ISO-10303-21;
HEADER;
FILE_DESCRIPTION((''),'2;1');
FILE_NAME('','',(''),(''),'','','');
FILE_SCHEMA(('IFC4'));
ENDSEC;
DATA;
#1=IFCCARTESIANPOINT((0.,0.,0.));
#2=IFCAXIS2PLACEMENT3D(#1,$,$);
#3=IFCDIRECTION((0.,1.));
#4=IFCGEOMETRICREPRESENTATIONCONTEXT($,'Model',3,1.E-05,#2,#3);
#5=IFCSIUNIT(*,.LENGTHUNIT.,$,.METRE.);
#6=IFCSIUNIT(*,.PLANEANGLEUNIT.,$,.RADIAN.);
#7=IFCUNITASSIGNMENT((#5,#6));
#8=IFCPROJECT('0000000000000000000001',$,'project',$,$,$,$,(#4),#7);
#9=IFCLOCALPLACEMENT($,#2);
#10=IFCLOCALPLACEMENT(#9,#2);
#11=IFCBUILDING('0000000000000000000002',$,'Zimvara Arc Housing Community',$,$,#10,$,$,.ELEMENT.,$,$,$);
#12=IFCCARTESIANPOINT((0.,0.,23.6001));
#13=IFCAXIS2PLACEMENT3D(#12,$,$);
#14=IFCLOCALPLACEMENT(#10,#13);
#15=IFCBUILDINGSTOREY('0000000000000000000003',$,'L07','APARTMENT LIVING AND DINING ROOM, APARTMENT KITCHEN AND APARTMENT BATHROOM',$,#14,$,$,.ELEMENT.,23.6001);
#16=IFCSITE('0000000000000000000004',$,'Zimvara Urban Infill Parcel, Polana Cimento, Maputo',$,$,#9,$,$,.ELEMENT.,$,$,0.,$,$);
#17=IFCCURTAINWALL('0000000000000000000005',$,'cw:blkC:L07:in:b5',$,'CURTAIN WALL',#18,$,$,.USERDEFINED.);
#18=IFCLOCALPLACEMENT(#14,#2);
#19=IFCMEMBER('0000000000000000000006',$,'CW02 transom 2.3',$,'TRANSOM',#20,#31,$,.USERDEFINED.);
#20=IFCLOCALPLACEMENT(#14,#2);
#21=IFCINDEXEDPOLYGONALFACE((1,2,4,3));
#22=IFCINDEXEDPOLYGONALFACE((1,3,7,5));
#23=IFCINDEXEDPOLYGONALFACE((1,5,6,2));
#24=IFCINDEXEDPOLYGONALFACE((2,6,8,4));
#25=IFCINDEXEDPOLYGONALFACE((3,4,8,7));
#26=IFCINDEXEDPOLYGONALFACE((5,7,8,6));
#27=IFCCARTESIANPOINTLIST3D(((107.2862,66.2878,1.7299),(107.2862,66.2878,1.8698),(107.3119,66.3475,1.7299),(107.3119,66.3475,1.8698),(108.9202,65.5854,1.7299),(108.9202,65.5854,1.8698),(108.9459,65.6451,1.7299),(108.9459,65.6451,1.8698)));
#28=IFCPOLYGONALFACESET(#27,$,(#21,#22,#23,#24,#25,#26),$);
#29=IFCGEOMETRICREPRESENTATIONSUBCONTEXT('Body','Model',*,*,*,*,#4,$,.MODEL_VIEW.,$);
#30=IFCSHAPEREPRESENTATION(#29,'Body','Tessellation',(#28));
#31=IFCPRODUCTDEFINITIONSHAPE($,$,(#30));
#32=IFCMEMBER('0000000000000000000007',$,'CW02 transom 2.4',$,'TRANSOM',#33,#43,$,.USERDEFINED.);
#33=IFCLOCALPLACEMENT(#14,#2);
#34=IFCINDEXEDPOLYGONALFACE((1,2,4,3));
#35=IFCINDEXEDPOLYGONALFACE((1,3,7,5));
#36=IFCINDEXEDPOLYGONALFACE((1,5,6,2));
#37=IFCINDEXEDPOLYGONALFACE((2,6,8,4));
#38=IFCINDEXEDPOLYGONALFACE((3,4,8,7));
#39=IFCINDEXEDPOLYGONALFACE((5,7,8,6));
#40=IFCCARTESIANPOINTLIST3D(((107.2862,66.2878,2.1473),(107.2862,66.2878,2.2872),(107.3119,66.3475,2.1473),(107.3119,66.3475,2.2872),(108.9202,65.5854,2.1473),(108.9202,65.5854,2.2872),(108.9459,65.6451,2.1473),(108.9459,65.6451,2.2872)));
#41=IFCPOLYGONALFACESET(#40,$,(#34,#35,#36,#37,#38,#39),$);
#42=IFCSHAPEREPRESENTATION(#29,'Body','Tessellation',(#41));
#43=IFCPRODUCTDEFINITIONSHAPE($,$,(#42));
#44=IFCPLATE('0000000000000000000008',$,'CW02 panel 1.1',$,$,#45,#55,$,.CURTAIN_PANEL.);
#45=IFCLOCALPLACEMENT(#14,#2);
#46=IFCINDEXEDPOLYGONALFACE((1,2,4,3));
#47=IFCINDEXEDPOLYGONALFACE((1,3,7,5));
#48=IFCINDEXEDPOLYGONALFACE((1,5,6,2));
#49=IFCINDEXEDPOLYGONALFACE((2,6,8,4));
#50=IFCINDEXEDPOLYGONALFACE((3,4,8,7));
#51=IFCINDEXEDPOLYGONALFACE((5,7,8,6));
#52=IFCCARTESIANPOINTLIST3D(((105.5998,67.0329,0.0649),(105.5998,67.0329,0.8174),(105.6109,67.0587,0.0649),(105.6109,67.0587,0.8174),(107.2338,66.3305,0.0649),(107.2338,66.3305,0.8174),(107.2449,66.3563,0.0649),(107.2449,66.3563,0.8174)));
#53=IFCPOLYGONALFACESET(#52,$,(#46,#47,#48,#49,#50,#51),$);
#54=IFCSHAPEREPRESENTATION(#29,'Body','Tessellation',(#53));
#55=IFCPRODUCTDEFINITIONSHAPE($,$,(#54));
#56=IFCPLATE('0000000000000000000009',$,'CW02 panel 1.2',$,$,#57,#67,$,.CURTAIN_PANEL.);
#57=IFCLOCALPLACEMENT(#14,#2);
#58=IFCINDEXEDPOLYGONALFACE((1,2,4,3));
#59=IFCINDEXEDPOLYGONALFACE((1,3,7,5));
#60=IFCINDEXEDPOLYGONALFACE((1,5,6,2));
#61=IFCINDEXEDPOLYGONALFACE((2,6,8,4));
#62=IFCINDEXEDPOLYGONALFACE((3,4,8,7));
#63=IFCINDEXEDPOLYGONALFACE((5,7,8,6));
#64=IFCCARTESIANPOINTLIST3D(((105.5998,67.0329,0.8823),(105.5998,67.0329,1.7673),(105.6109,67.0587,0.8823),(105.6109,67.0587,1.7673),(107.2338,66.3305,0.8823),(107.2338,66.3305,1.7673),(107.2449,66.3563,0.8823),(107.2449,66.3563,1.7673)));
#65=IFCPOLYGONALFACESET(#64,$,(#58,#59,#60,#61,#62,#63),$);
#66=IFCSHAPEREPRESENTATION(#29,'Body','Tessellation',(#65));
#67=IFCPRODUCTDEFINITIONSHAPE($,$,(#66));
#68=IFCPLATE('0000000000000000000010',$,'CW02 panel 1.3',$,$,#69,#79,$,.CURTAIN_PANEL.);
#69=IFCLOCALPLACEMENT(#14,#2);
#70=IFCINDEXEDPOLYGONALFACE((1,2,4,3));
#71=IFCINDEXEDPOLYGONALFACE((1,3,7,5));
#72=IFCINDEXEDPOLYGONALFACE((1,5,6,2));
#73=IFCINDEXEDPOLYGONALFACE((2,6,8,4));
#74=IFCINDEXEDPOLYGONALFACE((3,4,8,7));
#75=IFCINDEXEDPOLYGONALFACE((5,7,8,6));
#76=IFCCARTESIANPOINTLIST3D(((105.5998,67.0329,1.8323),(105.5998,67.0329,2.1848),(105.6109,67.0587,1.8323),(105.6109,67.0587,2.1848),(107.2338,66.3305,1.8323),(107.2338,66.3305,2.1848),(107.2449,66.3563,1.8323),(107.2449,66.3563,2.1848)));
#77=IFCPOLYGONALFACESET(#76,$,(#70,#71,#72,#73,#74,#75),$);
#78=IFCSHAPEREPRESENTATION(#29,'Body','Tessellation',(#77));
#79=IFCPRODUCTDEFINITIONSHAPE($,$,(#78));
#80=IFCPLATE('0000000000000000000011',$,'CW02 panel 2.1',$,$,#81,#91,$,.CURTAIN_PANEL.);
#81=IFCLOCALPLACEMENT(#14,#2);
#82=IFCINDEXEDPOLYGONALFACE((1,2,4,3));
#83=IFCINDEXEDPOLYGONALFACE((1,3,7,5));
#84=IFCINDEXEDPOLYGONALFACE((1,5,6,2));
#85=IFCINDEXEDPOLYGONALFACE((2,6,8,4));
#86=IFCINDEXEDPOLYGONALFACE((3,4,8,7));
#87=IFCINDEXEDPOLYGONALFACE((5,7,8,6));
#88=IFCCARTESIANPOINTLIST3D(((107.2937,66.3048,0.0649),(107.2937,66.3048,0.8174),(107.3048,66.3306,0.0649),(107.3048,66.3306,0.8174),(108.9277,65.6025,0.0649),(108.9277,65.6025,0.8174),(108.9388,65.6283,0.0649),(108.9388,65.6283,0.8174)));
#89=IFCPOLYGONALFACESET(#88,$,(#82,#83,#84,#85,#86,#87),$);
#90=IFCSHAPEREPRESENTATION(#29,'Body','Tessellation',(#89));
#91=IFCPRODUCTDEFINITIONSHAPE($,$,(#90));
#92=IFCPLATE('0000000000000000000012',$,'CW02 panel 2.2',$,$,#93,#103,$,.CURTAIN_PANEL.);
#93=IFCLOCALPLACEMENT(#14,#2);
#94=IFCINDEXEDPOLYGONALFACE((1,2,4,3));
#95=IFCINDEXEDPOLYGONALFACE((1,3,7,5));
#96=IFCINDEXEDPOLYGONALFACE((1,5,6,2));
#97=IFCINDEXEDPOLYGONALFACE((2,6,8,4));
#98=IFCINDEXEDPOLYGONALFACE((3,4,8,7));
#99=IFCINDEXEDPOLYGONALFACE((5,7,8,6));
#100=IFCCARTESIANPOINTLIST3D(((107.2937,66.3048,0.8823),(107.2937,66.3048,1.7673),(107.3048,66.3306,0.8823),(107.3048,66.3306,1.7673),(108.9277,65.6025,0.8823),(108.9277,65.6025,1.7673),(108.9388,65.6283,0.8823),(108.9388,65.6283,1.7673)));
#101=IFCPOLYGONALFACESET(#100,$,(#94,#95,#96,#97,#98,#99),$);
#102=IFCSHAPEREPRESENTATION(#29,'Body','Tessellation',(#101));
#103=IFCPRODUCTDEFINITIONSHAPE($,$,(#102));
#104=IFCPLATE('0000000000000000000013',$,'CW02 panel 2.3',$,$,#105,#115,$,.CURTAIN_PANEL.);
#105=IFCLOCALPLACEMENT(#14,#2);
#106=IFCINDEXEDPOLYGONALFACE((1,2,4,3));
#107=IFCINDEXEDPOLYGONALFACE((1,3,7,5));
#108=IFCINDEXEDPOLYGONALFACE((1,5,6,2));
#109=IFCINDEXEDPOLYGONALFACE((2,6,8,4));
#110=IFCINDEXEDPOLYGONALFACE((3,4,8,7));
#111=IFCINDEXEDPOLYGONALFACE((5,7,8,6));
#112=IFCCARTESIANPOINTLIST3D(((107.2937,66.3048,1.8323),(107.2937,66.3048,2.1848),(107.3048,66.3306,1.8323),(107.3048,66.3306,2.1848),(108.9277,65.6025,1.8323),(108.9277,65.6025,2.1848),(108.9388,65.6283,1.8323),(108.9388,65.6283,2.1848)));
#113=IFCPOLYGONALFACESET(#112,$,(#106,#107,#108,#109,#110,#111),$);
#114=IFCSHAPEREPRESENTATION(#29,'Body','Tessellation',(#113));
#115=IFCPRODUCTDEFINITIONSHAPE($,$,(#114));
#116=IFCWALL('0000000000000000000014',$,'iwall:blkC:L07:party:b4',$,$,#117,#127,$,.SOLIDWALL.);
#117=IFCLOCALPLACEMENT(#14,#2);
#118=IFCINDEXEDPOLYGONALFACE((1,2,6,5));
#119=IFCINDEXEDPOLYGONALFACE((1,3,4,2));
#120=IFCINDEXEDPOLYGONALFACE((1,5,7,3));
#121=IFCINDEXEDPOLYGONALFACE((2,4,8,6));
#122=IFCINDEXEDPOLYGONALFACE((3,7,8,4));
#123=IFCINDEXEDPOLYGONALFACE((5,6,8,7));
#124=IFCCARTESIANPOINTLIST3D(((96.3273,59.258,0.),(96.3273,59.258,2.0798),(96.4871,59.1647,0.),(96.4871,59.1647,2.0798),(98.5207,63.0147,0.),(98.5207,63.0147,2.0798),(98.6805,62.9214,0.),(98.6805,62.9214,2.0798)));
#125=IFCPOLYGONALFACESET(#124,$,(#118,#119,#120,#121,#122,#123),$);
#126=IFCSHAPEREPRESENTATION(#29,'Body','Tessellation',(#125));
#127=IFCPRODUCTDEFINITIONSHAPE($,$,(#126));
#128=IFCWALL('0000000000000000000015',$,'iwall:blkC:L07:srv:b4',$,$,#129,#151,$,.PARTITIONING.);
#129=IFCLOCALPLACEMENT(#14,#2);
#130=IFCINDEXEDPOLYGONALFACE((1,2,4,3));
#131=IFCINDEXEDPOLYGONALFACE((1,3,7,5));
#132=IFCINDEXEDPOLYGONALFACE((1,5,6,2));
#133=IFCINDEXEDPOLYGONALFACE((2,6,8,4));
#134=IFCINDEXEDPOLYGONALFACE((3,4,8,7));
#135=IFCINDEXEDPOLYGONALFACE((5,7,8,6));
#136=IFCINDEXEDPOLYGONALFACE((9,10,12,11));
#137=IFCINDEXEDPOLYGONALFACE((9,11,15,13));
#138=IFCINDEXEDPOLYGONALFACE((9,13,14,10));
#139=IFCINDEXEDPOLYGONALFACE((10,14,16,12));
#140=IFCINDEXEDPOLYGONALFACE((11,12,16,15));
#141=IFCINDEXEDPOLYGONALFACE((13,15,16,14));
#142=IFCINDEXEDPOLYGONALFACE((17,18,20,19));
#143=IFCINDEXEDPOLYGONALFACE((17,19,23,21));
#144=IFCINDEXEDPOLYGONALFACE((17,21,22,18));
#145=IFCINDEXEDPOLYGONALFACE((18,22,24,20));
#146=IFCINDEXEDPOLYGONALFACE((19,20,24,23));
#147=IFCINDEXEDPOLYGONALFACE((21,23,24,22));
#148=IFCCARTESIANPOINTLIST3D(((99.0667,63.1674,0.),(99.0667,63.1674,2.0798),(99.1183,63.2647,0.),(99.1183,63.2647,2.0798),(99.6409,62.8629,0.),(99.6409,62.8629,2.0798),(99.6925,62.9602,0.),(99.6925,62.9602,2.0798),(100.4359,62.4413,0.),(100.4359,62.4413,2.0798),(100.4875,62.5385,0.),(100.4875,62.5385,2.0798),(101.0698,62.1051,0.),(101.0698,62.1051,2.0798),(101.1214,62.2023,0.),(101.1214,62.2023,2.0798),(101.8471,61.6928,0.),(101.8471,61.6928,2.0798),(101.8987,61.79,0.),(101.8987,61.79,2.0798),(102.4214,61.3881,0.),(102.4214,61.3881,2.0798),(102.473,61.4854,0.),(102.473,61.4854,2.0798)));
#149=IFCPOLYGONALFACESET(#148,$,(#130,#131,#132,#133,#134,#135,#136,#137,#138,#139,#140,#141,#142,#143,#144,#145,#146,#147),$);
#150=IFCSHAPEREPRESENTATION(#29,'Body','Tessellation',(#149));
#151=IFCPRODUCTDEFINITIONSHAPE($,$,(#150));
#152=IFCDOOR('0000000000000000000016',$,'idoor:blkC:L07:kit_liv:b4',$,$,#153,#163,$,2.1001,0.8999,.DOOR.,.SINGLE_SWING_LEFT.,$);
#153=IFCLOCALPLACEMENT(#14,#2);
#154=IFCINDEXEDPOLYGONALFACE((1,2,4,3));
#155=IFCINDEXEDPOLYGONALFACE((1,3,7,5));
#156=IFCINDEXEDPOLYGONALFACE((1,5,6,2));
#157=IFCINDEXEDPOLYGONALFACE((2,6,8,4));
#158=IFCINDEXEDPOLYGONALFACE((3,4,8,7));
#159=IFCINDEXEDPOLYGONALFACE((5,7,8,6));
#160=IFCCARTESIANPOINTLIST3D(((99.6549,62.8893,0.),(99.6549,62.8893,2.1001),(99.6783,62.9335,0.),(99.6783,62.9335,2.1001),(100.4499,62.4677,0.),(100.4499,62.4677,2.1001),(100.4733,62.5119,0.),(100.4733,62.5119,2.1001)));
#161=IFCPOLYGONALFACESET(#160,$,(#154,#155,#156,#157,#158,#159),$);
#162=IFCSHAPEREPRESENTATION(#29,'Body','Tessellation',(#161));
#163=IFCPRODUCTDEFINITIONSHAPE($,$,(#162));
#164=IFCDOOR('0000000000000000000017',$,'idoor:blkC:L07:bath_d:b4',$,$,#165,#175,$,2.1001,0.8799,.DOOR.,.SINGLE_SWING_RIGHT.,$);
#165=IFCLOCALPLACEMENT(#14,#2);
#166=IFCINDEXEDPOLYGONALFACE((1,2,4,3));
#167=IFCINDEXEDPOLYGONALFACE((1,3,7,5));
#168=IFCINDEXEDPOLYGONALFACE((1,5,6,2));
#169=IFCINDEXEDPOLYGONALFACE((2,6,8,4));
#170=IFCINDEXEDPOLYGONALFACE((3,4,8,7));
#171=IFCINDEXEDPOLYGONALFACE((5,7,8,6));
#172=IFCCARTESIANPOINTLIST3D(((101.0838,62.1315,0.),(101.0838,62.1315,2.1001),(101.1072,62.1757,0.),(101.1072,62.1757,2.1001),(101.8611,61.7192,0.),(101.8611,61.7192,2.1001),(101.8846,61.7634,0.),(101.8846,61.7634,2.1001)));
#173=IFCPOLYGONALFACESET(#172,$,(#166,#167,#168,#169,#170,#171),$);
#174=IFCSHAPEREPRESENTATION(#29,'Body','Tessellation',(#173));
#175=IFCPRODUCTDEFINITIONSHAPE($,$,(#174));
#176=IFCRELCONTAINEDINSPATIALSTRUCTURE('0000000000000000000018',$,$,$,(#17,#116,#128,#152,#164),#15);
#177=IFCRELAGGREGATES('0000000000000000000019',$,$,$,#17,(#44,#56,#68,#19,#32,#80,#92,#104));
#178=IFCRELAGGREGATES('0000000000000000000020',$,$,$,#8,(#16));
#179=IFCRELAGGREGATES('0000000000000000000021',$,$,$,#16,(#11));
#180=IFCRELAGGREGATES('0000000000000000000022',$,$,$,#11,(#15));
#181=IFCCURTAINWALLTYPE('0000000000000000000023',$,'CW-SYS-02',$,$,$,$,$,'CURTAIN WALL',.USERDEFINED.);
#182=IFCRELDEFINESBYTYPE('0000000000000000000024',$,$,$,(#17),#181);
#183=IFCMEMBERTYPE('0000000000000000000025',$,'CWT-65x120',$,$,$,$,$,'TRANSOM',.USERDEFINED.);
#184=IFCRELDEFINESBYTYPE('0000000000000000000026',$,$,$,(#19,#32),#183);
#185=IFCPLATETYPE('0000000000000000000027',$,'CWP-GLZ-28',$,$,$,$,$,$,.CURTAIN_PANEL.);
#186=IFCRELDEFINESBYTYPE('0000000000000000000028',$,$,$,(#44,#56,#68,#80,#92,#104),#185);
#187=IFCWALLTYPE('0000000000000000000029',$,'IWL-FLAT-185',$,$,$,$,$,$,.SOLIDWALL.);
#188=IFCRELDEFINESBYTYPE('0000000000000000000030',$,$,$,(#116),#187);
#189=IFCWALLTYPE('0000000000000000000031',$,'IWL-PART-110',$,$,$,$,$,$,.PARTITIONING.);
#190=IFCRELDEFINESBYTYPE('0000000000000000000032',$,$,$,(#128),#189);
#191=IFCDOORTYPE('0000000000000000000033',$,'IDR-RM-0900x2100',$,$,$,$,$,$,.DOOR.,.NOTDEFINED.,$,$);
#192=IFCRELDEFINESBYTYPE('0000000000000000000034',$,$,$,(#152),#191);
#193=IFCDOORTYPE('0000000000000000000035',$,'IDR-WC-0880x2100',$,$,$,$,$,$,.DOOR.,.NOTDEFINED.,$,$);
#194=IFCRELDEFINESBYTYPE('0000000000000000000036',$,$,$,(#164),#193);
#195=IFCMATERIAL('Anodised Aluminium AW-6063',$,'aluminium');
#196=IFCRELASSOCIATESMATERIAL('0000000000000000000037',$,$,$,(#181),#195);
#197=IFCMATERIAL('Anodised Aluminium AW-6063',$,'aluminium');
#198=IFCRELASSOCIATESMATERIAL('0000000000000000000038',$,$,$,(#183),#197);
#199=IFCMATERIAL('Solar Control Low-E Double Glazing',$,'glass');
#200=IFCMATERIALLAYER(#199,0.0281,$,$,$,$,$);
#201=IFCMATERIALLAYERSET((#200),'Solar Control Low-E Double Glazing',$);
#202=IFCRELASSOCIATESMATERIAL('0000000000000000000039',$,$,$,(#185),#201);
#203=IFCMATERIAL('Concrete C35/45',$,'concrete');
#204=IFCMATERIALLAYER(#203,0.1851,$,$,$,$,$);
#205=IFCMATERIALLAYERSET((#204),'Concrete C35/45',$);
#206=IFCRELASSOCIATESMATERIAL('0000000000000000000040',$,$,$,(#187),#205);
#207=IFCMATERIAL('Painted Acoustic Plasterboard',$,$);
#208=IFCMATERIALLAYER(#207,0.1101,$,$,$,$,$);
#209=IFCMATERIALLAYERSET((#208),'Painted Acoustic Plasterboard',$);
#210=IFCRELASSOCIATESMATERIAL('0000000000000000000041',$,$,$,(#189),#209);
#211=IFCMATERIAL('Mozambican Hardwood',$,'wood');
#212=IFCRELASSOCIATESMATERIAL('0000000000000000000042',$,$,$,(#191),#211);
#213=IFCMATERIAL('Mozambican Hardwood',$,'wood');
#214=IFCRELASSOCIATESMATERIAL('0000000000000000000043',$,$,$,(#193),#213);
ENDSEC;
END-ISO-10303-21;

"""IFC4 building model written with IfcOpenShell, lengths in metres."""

from ifc_helpers import new_model, si_unit, direction, frame, frame_2d, origin, origin_2d, place, context, subcontext, project, spatial, rectangle, extrude, material, layer, layer_set, material_profile, profile_set, type_object, element, fill, aggregate, save


model = new_model("IFC4")

# Units and contexts
model_context = context("Model", 3, precision=1e-05, world=origin(), true_north=direction((0.0, 1.0)))
body_context = subcontext(model_context, "Body", "Model", "MODEL_VIEW")
ifc_project = project(units=[si_unit("LENGTHUNIT", "METRE"), si_unit("PLANEANGLEUNIT", "RADIAN")], contexts=[model_context])

# Site, building, storey
site_placement = place(None, origin())
site = spatial("IfcSite", under=ifc_project, at=site_placement, Name="Zimvara Urban Infill Parcel, Polana Cimento, Maputo", CompositionType="ELEMENT", RefElevation=0.0)
building_placement = place(site_placement, origin())
building = spatial("IfcBuilding", under=site, at=building_placement, Name="Zimvara Arc Housing Community", CompositionType="ELEMENT")
storey_placement = place(building_placement, frame((0.0, 0.0, 23.6001)))
storey = spatial("IfcBuildingStorey", under=building, at=storey_placement, Name="L07", Description="APARTMENT LIVING AND DINING ROOM, APARTMENT KITCHEN AND APARTMENT BATHROOM", CompositionType="ELEMENT", Elevation=23.6001)

# Curtain wall, members, plates
ifc_material_1 = material(Name="Anodised Aluminium AW-6063", Category="aluminium")
curtain_wall_type = type_object("IfcCurtainWallType", Name="CW-SYS-02", ElementType="CURTAIN WALL", PredefinedType="USERDEFINED", material=ifc_material_1)
curtain_wall_placement = place(storey_placement, origin())
curtain_wall = element("IfcCurtainWall", 1, at=curtain_wall_placement, inside=storey, type_object=curtain_wall_type, Name="cw:blkC:L07:in:b5", ObjectType="CURTAIN WALL", PredefinedType="USERDEFINED")
ifc_material_2 = material(Name="Anodised Aluminium AW-6063", Category="aluminium")
ifc_material_profile_1 = material_profile(ifc_material_2, rectangle(XDim=0.0649, YDim=0.1399, at=origin_2d()), Name="ALU 65x140")
ifc_profile_set_1 = profile_set([ifc_material_profile_1], Name="Anodised Aluminium AW-6063")
member_type_1 = type_object("IfcMemberType", Name="CWT-65x120", ElementType="TRANSOM", PredefinedType="USERDEFINED", material=ifc_profile_set_1)
member_1_placement = place(storey_placement, frame((107.2991, 66.3176, 1.7998), z_axis=(0.918718, -0.394913, 0.0), x_axis=(0.394913, 0.918718, 0.0)))
member_1 = element("IfcMember", 2, at=member_1_placement, type_object=member_type_1, Name="CW02 transom 2.3", ObjectType="TRANSOM", PredefinedType="USERDEFINED", context=body_context, shape_type="SweptSolid", body=[
    extrude(rectangle(XDim=0.0649, YDim=0.1399, at=origin_2d()), origin(), (0.0, 0.0, 1.0), 1.7786),
])
member_2_placement = place(storey_placement, frame((107.2991, 66.3176, 2.2173), z_axis=(0.918718, -0.394913, 0.0), x_axis=(0.394913, 0.918718, 0.0)))
member_2 = element("IfcMember", 3, at=member_2_placement, type_object=member_type_1, Name="CW02 transom 2.4", ObjectType="TRANSOM", PredefinedType="USERDEFINED", context=body_context, shape_type="SweptSolid", body=[
    extrude(rectangle(XDim=0.0649, YDim=0.1399, at=origin_2d()), origin(), (0.0, 0.0, 1.0), 1.7786),
])
ifc_material_3 = material(Name="Solar Control Low-E Double Glazing", Category="glass")
ifc_layer_1 = layer(ifc_material_3, 0.0281)
ifc_layer_set_1 = layer_set([ifc_layer_1], Name="Solar Control Low-E Double Glazing")
plate_type = type_object("IfcPlateType", Name="CWP-GLZ-28", PredefinedType="CURTAIN_PANEL", material=ifc_layer_set_1)
plate_1_placement = place(storey_placement, frame((106.4224, 66.6946, 0.0649), z_axis=(0.0, 0.0, 1.0), x_axis=(0.918722, -0.394904, 0.0)))
plate_1 = element("IfcPlate", 4, at=plate_1_placement, type_object=plate_type, Name="CW02 panel 1.1", PredefinedType="CURTAIN_PANEL", context=body_context, shape_type="SweptSolid", body=[
    extrude(rectangle(XDim=1.7786, YDim=0.0281, at=origin_2d()), origin(), (0.0, 0.0, 1.0), 0.7524),
])
plate_2_placement = place(storey_placement, frame((106.4224, 66.6946, 0.8823), z_axis=(0.0, 0.0, 1.0), x_axis=(0.918722, -0.394904, 0.0)))
plate_2 = element("IfcPlate", 5, at=plate_2_placement, type_object=plate_type, Name="CW02 panel 1.2", PredefinedType="CURTAIN_PANEL", context=body_context, shape_type="SweptSolid", body=[
    extrude(rectangle(XDim=1.7786, YDim=0.0281, at=origin_2d()), origin(), (0.0, 0.0, 1.0), 0.885),
])
plate_3_placement = place(storey_placement, frame((106.4224, 66.6946, 1.8323), z_axis=(0.0, 0.0, 1.0), x_axis=(0.918722, -0.394904, 0.0)))
plate_3 = element("IfcPlate", 6, at=plate_3_placement, type_object=plate_type, Name="CW02 panel 1.3", PredefinedType="CURTAIN_PANEL", context=body_context, shape_type="SweptSolid", body=[
    extrude(rectangle(XDim=1.7786, YDim=0.0281, at=origin_2d()), origin(), (0.0, 0.0, 1.0), 0.3525),
])
plate_4_placement = place(storey_placement, frame((108.1162, 65.9666, 0.0649), z_axis=(0.0, 0.0, 1.0), x_axis=(0.918722, -0.394904, 0.0)))
plate_4 = element("IfcPlate", 7, at=plate_4_placement, type_object=plate_type, Name="CW02 panel 2.1", PredefinedType="CURTAIN_PANEL", context=body_context, shape_type="SweptSolid", body=[
    extrude(rectangle(XDim=1.7786, YDim=0.0281, at=origin_2d()), origin(), (0.0, 0.0, 1.0), 0.7524),
])
plate_5_placement = place(storey_placement, frame((108.1162, 65.9666, 0.8823), z_axis=(0.0, 0.0, 1.0), x_axis=(0.918722, -0.394904, 0.0)))
plate_5 = element("IfcPlate", 8, at=plate_5_placement, type_object=plate_type, Name="CW02 panel 2.2", PredefinedType="CURTAIN_PANEL", context=body_context, shape_type="SweptSolid", body=[
    extrude(rectangle(XDim=1.7786, YDim=0.0281, at=origin_2d()), origin(), (0.0, 0.0, 1.0), 0.885),
])
plate_6_placement = place(storey_placement, frame((108.1162, 65.9666, 1.8323), z_axis=(0.0, 0.0, 1.0), x_axis=(0.918722, -0.394904, 0.0)))
plate_6 = element("IfcPlate", 9, at=plate_6_placement, type_object=plate_type, Name="CW02 panel 2.3", PredefinedType="CURTAIN_PANEL", context=body_context, shape_type="SweptSolid", body=[
    extrude(rectangle(XDim=1.7786, YDim=0.0281, at=origin_2d()), origin(), (0.0, 0.0, 1.0), 0.3525),
])
aggregate(curtain_wall, [plate_1, plate_2, plate_3, member_1, member_2, plate_4, plate_5, plate_6])

# Wall
ifc_material_4 = material(Name="Concrete C35/45", Category="concrete")
ifc_layer_2 = layer(ifc_material_4, 0.1851)
ifc_layer_set_2 = layer_set([ifc_layer_2], Name="Concrete C35/45")
wall_type_1 = type_object("IfcWallType", Name="IWL-FLAT-185", PredefinedType="SOLIDWALL", material=ifc_layer_set_2)
wall_1_placement = place(storey_placement, frame((98.6006, 62.968, 0.0), z_axis=(0.0, 0.0, 1.0), x_axis=(-0.504216, -0.863577, 0.0)))
element("IfcWall", 10, at=wall_1_placement, inside=storey, type_object=wall_type_1, Name="iwall:blkC:L07:party:b4", PredefinedType="SOLIDWALL", context=body_context, shape_type="SweptSolid", body=[
    extrude(rectangle(XDim=4.3501, YDim=0.1851, at=frame_2d((2.175, 0.0))), origin(), (0.0, 0.0, 1.0), 2.0798),
])

# Wall, openings, doors
ifc_material_5 = material(Name="Painted Acoustic Plasterboard")
ifc_layer_3 = layer(ifc_material_5, 0.1101)
ifc_layer_set_3 = layer_set([ifc_layer_3], Name="Painted Acoustic Plasterboard")
wall_type_2 = type_object("IfcWallType", Name="IWL-PART-110", PredefinedType="PARTITIONING", material=ifc_layer_set_3)
wall_2_placement = place(storey_placement, frame((99.0925, 63.2161, 0.0), z_axis=(0.0, 0.0, 1.0), x_axis=(0.883433, -0.468558, 0.0)))
wall_2 = element("IfcWall", 11, at=wall_2_placement, inside=storey, type_object=wall_type_2, Name="iwall:blkC:L07:srv:b4", PredefinedType="PARTITIONING", context=body_context, shape_type="SweptSolid", body=[
    extrude(rectangle(XDim=3.7974, YDim=0.1101, at=frame_2d((1.8987, 0.0))), origin(), (0.0, 0.0, 1.0), 2.0798),
])
opening_1_placement = place(wall_2_placement, frame((0.6499, 0.0, 0.0)))
opening_1 = element("IfcOpeningElement", 12, at=opening_1_placement, cuts=wall_2, PredefinedType="OPENING", context=body_context, shape_type="SweptSolid", body=[
    extrude(rectangle(XDim=0.8999, YDim=2.1001, at=frame_2d((0.45, 1.05))), frame((0.0, 0.0649, 0.0), z_axis=(0.0, -1.0, 0.0), x_axis=(1.0, 0.0, 0.0)), (0.0, 0.0, 1.0), 0.1301),
])
opening_2_placement = place(wall_2_placement, frame((2.2673, 0.0, 0.0)))
opening_2 = element("IfcOpeningElement", 13, at=opening_2_placement, cuts=wall_2, PredefinedType="OPENING", context=body_context, shape_type="SweptSolid", body=[
    extrude(rectangle(XDim=0.8799, YDim=2.1001, at=frame_2d((0.4399, 1.05))), frame((0.0, 0.0649, 0.0), z_axis=(0.0, -1.0, 0.0), x_axis=(1.0, 0.0, 0.0)), (0.0, 0.0, 1.0), 0.1301),
])
ifc_material_6 = material(Name="Mozambican Hardwood", Category="wood")
door_type_1 = type_object("IfcDoorType", Name="IDR-RM-0900x2100", OperationType="NOTDEFINED", PredefinedType="DOOR", material=ifc_material_6)
door_1_placement = place(opening_1_placement, origin())
door_1 = element("IfcDoor", 14, at=door_1_placement, inside=storey, type_object=door_type_1, Name="idoor:blkC:L07:kit_liv:b4", OperationType="SINGLE_SWING_LEFT", OverallHeight=2.1001, OverallWidth=0.8999, PredefinedType="DOOR", context=body_context, shape_type="SweptSolid", body=[
    extrude(rectangle(XDim=0.8999, YDim=2.1001, at=frame_2d((0.45, 1.05))), frame((0.0, 0.0249, 0.0), z_axis=(0.0, -1.0, 0.0), x_axis=(1.0, 0.0, 0.0)), (0.0, 0.0, 1.0), 0.05),
])
fill(opening_1, door_1)
ifc_material_7 = material(Name="Mozambican Hardwood", Category="wood")
door_type_2 = type_object("IfcDoorType", Name="IDR-WC-0880x2100", OperationType="NOTDEFINED", PredefinedType="DOOR", material=ifc_material_7)
door_2_placement = place(opening_2_placement, origin())
door_2 = element("IfcDoor", 15, at=door_2_placement, inside=storey, type_object=door_type_2, Name="idoor:blkC:L07:bath_d:b4", OperationType="SINGLE_SWING_RIGHT", OverallHeight=2.1001, OverallWidth=0.8799, PredefinedType="DOOR", context=body_context, shape_type="SweptSolid", body=[
    extrude(rectangle(XDim=0.8799, YDim=2.1001, at=frame_2d((0.4399, 1.05))), frame((0.0, 0.0249, 0.0), z_axis=(0.0, -1.0, 0.0), x_axis=(1.0, 0.0, 0.0)), (0.0, 0.0, 1.0), 0.05),
])
fill(opening_2, door_2)

save(model, "model.ifc")
